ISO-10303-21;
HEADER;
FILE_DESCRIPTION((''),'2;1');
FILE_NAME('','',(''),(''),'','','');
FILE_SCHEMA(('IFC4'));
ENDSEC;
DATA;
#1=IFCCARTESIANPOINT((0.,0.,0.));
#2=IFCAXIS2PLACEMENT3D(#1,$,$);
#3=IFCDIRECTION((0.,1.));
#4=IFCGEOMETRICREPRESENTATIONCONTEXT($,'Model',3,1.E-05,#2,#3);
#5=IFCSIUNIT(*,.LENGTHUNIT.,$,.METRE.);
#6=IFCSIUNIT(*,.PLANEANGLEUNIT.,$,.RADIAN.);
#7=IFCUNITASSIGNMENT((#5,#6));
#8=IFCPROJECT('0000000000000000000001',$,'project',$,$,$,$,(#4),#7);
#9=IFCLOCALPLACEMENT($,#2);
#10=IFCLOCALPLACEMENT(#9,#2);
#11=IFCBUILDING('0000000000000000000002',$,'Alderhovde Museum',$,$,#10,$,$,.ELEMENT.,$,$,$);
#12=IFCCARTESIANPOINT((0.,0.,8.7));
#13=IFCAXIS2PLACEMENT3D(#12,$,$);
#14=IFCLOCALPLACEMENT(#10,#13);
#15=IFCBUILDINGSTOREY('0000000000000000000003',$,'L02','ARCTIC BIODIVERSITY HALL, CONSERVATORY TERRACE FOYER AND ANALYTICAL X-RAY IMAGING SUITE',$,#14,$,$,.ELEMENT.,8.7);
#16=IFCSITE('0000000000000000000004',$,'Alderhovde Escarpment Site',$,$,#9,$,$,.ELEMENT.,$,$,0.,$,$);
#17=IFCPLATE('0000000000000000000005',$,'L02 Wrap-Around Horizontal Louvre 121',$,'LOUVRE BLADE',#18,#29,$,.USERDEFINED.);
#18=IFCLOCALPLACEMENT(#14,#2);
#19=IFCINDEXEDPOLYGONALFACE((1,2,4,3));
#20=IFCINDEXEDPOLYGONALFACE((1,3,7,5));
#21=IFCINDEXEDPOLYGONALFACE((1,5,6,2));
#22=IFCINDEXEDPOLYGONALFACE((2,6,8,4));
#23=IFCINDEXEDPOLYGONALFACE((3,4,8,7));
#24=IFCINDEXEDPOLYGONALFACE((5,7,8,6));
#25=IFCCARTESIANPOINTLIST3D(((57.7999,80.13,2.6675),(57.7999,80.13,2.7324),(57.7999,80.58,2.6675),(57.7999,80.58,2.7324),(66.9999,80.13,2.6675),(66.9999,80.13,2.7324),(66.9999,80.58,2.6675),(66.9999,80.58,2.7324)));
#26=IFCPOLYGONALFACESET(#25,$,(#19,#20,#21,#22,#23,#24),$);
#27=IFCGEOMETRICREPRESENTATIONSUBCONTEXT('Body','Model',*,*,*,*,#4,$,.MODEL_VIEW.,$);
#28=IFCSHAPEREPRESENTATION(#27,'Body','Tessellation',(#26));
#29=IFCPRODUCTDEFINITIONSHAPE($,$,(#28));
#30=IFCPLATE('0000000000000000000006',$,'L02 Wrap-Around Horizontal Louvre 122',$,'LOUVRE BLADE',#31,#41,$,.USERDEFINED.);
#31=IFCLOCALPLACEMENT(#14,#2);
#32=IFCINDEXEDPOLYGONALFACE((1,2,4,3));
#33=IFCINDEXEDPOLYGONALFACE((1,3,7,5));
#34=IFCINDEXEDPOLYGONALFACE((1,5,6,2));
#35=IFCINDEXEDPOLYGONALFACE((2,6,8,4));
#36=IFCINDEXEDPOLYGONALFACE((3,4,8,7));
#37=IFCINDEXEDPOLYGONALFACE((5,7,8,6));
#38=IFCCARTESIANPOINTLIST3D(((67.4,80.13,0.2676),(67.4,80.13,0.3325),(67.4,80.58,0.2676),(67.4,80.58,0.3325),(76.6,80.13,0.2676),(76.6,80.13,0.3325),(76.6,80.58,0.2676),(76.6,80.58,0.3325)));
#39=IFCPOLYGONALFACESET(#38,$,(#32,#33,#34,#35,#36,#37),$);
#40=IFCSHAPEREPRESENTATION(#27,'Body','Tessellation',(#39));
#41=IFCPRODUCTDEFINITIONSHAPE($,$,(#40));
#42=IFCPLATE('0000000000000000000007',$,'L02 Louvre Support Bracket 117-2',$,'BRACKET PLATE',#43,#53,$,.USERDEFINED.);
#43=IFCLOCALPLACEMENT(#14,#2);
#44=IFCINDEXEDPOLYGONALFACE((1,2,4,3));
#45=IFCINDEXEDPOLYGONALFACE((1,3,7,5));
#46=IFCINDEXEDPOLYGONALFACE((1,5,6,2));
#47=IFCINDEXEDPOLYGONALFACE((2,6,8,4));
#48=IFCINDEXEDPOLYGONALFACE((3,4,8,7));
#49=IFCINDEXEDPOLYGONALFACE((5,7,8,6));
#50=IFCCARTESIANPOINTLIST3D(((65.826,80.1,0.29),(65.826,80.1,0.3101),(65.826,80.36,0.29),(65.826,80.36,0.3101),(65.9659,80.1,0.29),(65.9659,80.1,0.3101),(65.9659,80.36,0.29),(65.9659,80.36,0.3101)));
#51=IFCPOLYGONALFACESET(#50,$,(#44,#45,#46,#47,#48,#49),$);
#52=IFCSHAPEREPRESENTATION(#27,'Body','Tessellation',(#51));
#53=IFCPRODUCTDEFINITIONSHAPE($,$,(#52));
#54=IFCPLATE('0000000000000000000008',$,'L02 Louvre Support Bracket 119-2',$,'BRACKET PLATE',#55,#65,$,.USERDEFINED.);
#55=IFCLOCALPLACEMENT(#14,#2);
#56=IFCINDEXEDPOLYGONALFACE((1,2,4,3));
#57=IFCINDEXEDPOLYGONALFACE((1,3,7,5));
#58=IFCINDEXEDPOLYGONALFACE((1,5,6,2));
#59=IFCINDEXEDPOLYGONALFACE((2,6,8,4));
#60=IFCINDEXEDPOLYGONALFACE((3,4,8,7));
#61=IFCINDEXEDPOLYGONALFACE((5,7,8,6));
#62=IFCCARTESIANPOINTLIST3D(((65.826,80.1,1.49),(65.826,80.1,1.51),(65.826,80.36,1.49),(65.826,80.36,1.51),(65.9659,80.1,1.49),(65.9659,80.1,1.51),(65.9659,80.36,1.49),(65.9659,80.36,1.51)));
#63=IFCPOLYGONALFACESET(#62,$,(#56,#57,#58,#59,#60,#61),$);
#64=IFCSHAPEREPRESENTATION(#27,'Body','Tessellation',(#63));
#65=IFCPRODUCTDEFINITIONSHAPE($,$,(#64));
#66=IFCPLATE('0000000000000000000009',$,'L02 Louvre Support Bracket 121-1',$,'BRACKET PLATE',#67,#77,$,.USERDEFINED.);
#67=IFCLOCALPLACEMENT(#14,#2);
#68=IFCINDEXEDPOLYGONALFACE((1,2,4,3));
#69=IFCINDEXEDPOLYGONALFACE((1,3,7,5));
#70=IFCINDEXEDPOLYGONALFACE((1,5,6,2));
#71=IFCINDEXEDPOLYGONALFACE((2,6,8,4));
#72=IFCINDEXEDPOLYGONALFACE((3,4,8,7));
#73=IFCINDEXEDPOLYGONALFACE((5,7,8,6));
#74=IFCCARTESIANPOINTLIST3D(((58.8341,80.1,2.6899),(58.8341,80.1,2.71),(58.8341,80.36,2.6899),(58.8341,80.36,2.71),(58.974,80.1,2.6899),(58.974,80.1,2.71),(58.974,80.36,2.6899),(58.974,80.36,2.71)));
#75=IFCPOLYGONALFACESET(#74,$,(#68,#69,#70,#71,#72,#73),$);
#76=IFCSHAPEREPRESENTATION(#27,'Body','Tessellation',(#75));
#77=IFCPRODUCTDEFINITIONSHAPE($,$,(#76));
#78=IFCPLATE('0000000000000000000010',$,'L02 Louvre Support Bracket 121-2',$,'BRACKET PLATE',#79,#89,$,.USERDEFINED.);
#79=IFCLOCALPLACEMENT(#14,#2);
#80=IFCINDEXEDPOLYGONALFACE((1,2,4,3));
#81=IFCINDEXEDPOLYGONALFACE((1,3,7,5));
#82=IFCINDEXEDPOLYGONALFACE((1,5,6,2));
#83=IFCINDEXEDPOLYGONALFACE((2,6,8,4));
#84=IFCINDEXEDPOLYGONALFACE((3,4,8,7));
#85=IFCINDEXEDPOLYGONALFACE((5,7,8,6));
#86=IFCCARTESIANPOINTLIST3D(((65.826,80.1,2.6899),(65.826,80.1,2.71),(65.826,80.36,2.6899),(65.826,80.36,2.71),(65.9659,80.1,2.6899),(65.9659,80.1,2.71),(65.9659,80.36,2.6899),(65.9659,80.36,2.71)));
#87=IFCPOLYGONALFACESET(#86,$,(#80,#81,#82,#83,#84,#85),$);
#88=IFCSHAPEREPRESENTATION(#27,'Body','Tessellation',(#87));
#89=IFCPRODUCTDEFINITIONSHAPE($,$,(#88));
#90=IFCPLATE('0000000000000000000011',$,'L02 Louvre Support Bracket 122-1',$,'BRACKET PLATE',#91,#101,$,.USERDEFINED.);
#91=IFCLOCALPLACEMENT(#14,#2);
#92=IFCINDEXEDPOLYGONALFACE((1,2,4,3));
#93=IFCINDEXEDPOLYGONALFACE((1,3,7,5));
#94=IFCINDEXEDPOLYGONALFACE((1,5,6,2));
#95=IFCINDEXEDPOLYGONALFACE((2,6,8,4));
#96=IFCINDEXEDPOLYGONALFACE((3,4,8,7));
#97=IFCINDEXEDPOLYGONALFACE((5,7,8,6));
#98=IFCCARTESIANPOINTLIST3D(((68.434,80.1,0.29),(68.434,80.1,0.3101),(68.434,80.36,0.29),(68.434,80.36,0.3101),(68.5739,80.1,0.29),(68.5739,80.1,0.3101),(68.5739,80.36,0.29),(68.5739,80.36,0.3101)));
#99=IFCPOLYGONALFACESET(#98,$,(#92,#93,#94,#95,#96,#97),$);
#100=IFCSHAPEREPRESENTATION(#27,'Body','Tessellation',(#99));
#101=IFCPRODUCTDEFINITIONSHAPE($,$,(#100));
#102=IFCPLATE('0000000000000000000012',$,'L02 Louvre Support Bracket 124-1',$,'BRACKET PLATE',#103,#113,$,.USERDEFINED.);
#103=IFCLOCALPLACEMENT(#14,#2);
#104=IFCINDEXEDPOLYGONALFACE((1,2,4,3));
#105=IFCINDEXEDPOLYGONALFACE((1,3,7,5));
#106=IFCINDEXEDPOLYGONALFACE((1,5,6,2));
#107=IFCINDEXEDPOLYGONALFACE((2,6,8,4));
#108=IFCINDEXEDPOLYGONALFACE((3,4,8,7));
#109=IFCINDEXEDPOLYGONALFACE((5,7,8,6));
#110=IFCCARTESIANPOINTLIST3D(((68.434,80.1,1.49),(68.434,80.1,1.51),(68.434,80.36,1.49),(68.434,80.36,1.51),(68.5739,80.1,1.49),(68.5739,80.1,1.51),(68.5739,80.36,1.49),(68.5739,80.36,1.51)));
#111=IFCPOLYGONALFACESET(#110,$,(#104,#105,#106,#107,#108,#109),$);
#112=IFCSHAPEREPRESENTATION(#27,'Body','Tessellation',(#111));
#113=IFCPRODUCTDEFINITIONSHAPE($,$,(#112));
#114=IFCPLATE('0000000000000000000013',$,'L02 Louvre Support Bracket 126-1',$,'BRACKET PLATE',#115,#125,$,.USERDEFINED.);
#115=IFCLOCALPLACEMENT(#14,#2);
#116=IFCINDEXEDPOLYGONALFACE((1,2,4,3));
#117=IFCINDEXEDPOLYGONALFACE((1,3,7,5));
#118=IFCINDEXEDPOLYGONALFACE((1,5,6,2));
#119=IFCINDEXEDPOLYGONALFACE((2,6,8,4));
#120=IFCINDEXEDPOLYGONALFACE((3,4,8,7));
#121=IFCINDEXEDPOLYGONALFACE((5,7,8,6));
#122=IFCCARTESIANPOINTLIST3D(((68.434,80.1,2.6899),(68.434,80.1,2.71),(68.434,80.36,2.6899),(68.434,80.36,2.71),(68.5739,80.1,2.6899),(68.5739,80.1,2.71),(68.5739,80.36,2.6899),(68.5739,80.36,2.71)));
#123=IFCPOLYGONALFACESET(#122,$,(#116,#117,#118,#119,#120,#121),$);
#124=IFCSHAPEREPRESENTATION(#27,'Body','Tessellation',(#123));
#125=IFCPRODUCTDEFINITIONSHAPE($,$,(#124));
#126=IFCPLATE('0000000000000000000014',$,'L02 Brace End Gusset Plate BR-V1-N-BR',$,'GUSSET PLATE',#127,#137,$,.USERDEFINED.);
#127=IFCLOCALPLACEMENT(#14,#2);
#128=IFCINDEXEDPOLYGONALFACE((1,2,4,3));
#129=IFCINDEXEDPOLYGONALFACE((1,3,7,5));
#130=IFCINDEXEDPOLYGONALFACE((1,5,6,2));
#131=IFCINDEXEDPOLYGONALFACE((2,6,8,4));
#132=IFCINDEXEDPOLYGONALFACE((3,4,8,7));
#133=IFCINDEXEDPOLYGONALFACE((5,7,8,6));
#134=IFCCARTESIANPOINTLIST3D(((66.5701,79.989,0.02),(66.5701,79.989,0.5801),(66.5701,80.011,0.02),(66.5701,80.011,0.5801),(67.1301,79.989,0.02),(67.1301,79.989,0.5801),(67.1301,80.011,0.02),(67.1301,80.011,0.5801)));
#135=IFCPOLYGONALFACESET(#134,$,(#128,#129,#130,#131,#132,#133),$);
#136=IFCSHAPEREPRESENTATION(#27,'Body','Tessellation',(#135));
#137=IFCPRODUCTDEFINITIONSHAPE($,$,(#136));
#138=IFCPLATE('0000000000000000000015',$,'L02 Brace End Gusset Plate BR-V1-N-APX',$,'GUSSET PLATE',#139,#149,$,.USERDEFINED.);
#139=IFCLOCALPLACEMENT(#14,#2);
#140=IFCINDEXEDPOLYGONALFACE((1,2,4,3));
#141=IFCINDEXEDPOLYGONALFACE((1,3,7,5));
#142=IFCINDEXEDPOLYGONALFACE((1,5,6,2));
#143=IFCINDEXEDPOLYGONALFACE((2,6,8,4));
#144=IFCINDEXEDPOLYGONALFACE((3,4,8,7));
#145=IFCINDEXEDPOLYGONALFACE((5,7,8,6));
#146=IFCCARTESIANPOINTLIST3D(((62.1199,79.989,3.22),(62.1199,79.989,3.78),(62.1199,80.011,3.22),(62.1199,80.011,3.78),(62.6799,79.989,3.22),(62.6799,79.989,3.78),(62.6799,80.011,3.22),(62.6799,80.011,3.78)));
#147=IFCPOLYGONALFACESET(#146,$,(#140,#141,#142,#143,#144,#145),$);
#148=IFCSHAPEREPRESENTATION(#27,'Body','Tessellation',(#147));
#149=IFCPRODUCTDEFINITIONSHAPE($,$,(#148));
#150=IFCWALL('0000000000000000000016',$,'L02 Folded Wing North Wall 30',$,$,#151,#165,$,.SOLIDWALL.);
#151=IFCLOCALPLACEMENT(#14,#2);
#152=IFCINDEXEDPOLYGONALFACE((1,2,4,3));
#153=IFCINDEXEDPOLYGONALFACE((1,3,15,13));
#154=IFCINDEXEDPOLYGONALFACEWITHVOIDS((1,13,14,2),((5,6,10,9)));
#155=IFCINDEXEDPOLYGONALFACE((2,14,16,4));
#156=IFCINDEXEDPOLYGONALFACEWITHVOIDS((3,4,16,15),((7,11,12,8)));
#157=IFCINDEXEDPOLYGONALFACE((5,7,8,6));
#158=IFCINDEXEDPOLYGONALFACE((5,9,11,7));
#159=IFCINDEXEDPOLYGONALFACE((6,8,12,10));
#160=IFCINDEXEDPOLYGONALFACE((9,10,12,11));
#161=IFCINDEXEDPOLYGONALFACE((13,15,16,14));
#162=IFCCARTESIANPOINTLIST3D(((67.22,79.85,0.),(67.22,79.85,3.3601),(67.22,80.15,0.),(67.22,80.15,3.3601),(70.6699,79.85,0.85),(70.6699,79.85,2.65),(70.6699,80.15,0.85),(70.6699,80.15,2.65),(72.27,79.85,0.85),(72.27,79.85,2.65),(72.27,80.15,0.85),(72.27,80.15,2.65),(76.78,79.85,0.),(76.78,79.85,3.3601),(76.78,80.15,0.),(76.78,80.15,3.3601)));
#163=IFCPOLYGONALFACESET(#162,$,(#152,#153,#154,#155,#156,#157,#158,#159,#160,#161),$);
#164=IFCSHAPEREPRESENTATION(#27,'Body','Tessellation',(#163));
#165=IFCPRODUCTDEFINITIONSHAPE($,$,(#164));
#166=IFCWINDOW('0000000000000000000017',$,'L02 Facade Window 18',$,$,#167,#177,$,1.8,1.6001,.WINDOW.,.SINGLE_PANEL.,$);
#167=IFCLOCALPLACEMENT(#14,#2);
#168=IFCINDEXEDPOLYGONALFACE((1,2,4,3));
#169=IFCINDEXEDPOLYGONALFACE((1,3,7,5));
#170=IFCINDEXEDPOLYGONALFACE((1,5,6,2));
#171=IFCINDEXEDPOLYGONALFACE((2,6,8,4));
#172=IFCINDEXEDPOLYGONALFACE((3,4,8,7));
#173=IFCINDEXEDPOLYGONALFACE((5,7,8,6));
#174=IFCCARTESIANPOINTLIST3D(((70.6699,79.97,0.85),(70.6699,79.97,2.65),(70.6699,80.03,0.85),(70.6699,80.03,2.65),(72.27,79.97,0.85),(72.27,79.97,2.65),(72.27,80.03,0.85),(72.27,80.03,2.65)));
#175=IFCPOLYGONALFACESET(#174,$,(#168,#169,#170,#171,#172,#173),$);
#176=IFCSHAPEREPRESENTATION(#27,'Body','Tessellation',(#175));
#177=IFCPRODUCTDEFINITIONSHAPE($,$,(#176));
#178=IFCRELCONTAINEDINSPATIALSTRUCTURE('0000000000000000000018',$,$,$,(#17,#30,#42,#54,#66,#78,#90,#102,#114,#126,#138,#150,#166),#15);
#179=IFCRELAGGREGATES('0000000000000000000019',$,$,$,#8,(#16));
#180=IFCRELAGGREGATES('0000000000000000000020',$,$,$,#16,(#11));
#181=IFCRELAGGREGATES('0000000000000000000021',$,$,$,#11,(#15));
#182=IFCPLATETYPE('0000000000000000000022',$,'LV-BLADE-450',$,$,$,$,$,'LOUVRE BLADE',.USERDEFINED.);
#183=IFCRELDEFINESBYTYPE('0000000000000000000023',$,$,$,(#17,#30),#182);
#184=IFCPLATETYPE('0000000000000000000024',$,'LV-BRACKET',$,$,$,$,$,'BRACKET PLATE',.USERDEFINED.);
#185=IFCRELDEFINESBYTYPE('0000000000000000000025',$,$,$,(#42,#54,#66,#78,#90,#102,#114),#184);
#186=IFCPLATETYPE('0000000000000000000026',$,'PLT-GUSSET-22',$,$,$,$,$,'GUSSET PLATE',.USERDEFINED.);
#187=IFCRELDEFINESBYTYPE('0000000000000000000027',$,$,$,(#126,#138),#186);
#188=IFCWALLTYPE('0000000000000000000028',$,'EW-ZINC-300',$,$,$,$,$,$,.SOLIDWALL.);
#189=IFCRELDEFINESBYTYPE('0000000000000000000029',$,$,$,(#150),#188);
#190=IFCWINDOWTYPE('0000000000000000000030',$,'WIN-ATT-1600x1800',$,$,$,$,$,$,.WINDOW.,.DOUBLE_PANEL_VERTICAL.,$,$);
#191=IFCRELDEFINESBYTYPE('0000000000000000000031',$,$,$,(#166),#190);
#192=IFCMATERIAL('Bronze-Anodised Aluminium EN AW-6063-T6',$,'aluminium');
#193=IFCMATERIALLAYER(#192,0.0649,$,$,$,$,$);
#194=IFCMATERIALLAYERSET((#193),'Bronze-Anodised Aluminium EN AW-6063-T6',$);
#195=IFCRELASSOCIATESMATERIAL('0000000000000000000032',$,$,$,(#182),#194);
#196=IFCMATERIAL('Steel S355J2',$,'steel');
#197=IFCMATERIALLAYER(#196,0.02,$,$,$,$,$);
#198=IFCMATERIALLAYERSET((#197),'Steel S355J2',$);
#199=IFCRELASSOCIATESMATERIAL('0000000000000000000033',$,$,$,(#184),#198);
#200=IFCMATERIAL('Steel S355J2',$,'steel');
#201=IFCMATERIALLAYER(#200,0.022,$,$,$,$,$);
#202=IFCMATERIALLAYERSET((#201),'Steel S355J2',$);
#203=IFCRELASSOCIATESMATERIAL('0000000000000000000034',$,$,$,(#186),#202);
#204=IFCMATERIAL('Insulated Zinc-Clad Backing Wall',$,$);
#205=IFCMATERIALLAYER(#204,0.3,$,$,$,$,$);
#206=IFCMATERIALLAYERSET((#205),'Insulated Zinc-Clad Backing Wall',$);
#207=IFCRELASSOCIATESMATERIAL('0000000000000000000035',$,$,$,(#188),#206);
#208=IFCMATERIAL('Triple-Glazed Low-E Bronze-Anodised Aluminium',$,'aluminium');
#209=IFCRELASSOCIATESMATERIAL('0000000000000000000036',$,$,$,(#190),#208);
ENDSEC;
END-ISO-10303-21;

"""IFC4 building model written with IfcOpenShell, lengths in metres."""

from ifc_helpers import new_model, si_unit, direction, frame, frame_2d, origin, origin_2d, place, context, subcontext, project, spatial, rectangle, extrude, material, layer, layer_set, type_object, element, fill, save


model = new_model("IFC4")

# Units and contexts
model_context = context("Model", 3, precision=1e-05, world=origin(), true_north=direction((0.0, 1.0)))
body_context = subcontext(model_context, "Body", "Model", "MODEL_VIEW")
ifc_project = project(units=[si_unit("LENGTHUNIT", "METRE"), si_unit("PLANEANGLEUNIT", "RADIAN")], contexts=[model_context])

# Site, building, storey
site_placement = place(None, origin())
site = spatial("IfcSite", under=ifc_project, at=site_placement, Name="Alderhovde Escarpment Site", CompositionType="ELEMENT", RefElevation=0.0)
building_placement = place(site_placement, origin())
building = spatial("IfcBuilding", under=site, at=building_placement, Name="Alderhovde Museum", CompositionType="ELEMENT")
storey_placement = place(building_placement, frame((0.0, 0.0, 8.7)))
storey = spatial("IfcBuildingStorey", under=building, at=storey_placement, Name="L02", Description="ARCTIC BIODIVERSITY HALL, CONSERVATORY TERRACE FOYER AND ANALYTICAL X-RAY IMAGING SUITE", CompositionType="ELEMENT", Elevation=8.7)

# Plates
ifc_material_1 = material(Name="Bronze-Anodised Aluminium EN AW-6063-T6", Category="aluminium")
ifc_layer_1 = layer(ifc_material_1, 0.0649)
ifc_layer_set_1 = layer_set([ifc_layer_1], Name="Bronze-Anodised Aluminium EN AW-6063-T6")
plate_type_1 = type_object("IfcPlateType", Name="LV-BLADE-450", ElementType="LOUVRE BLADE", PredefinedType="USERDEFINED", material=ifc_layer_set_1)
for number, where, z_axis, x_axis, name in (
    (1, (62.3999, 80.355, 2.6675), (0.0, 0.0, 1.0), (1.0, 0.0, 0.0), "L02 Wrap-Around Horizontal Louvre 121"),
    (2, (72.0, 80.355, 0.2676), (0.0, 0.0, 1.0), (1.0, 0.0, 0.0), "L02 Wrap-Around Horizontal Louvre 122"),
):
    element("IfcPlate", number, at=place(storey_placement, frame(where, z_axis=z_axis, x_axis=x_axis)), inside=storey, type_object=plate_type_1, Name=name, ObjectType="LOUVRE BLADE", PredefinedType="USERDEFINED", context=body_context, shape_type="SweptSolid", body=[
        extrude(rectangle(XDim=9.2, YDim=0.45, at=origin_2d()), origin(), (0.0, 0.0, 1.0), 0.0649),
    ])
ifc_material_2 = material(Name="Steel S355J2", Category="steel")
ifc_layer_2 = layer(ifc_material_2, 0.02)
ifc_layer_set_2 = layer_set([ifc_layer_2], Name="Steel S355J2")
plate_type_2 = type_object("IfcPlateType", Name="LV-BRACKET", ElementType="BRACKET PLATE", PredefinedType="USERDEFINED", material=ifc_layer_set_2)
for number, where, z_axis, x_axis, name in (
    (3, (65.896, 80.23, 0.29), (0.0, 0.0, 1.0), (1.0, 0.0, 0.0), "L02 Louvre Support Bracket 117-2"),
    (4, (65.896, 80.23, 1.49), (0.0, 0.0, 1.0), (1.0, 0.0, 0.0), "L02 Louvre Support Bracket 119-2"),
    (5, (58.9041, 80.23, 2.6899), (0.0, 0.0, 1.0), (1.0, 0.0, 0.0), "L02 Louvre Support Bracket 121-1"),
    (6, (65.896, 80.23, 2.6899), (0.0, 0.0, 1.0), (1.0, 0.0, 0.0), "L02 Louvre Support Bracket 121-2"),
    (7, (68.5039, 80.23, 0.29), (0.0, 0.0, 1.0), (1.0, 0.0, 0.0), "L02 Louvre Support Bracket 122-1"),
    (8, (68.5039, 80.23, 1.49), (0.0, 0.0, 1.0), (1.0, 0.0, 0.0), "L02 Louvre Support Bracket 124-1"),
    (9, (68.5039, 80.23, 2.6899), (0.0, 0.0, 1.0), (1.0, 0.0, 0.0), "L02 Louvre Support Bracket 126-1"),
):
    element("IfcPlate", number, at=place(storey_placement, frame(where, z_axis=z_axis, x_axis=x_axis)), inside=storey, type_object=plate_type_2, Name=name, ObjectType="BRACKET PLATE", PredefinedType="USERDEFINED", context=body_context, shape_type="SweptSolid", body=[
        extrude(rectangle(XDim=0.1399, YDim=0.26, at=origin_2d()), origin(), (0.0, 0.0, 1.0), 0.02),
    ])
ifc_material_3 = material(Name="Steel S355J2", Category="steel")
ifc_layer_3 = layer(ifc_material_3, 0.022)
ifc_layer_set_3 = layer_set([ifc_layer_3], Name="Steel S355J2")
plate_type_3 = type_object("IfcPlateType", Name="PLT-GUSSET-22", ElementType="GUSSET PLATE", PredefinedType="USERDEFINED", material=ifc_layer_set_3)
for number, where, z_axis, x_axis, name in (
    (10, (66.8501, 80.0, 0.02), (0.0, 0.0, 1.0), (1.0, 0.0, 0.0), "L02 Brace End Gusset Plate BR-V1-N-BR"),
    (11, (62.3999, 80.0, 3.22), (0.0, 0.0, 1.0), (1.0, 0.0, 0.0), "L02 Brace End Gusset Plate BR-V1-N-APX"),
):
    element("IfcPlate", number, at=place(storey_placement, frame(where, z_axis=z_axis, x_axis=x_axis)), inside=storey, type_object=plate_type_3, Name=name, ObjectType="GUSSET PLATE", PredefinedType="USERDEFINED", context=body_context, shape_type="SweptSolid", body=[
        extrude(rectangle(XDim=0.5601, YDim=0.022, at=origin_2d()), origin(), (0.0, 0.0, 1.0), 0.5601),
    ])

# Wall, opening, window
ifc_material_4 = material(Name="Insulated Zinc-Clad Backing Wall")
ifc_layer_4 = layer(ifc_material_4, 0.3)
ifc_layer_set_4 = layer_set([ifc_layer_4], Name="Insulated Zinc-Clad Backing Wall")
wall_type = type_object("IfcWallType", Name="EW-ZINC-300", PredefinedType="SOLIDWALL", material=ifc_layer_set_4)
wall_placement = place(storey_placement, frame((67.22, 80.0, 0.0), z_axis=(0.0, 0.0, 1.0), x_axis=(1.0, 0.0, 0.0)))
wall = element("IfcWall", 12, at=wall_placement, inside=storey, type_object=wall_type, Name="L02 Folded Wing North Wall 30", PredefinedType="SOLIDWALL", context=body_context, shape_type="SweptSolid", body=[
    extrude(rectangle(XDim=9.5601, YDim=0.3, at=frame_2d((4.78, 0.0))), origin(), (0.0, 0.0, 1.0), 3.3601),
])
opening_placement = place(wall_placement, frame((3.45, 0.0, 0.8501)))
opening = element("IfcOpeningElement", 13, at=opening_placement, cuts=wall, PredefinedType="OPENING", context=body_context, shape_type="SweptSolid", body=[
    extrude(rectangle(XDim=1.6001, YDim=1.8, at=frame_2d((0.8, 0.8999))), frame((0.0, 0.1599, 0.0), z_axis=(0.0, -1.0, 0.0), x_axis=(1.0, 0.0, 0.0)), (0.0, 0.0, 1.0), 0.3201),
])
ifc_material_5 = material(Name="Triple-Glazed Low-E Bronze-Anodised Aluminium", Category="aluminium")
window_type = type_object("IfcWindowType", Name="WIN-ATT-1600x1800", PartitioningType="DOUBLE_PANEL_VERTICAL", PredefinedType="WINDOW", material=ifc_material_5)
window_placement = place(opening_placement, origin())
window = element("IfcWindow", 14, at=window_placement, inside=storey, type_object=window_type, Name="L02 Facade Window 18", OverallHeight=1.8, OverallWidth=1.6001, PartitioningType="SINGLE_PANEL", PredefinedType="WINDOW", context=body_context, shape_type="SweptSolid", body=[
    extrude(rectangle(XDim=1.6001, YDim=1.8, at=frame_2d((0.8, 0.8999))), frame((0.0, 0.03, 0.0), z_axis=(0.0, -1.0, 0.0), x_axis=(1.0, 0.0, 0.0)), (0.0, 0.0, 1.0), 0.0601),
])
fill(opening, window)

save(model, "model.ifc")
